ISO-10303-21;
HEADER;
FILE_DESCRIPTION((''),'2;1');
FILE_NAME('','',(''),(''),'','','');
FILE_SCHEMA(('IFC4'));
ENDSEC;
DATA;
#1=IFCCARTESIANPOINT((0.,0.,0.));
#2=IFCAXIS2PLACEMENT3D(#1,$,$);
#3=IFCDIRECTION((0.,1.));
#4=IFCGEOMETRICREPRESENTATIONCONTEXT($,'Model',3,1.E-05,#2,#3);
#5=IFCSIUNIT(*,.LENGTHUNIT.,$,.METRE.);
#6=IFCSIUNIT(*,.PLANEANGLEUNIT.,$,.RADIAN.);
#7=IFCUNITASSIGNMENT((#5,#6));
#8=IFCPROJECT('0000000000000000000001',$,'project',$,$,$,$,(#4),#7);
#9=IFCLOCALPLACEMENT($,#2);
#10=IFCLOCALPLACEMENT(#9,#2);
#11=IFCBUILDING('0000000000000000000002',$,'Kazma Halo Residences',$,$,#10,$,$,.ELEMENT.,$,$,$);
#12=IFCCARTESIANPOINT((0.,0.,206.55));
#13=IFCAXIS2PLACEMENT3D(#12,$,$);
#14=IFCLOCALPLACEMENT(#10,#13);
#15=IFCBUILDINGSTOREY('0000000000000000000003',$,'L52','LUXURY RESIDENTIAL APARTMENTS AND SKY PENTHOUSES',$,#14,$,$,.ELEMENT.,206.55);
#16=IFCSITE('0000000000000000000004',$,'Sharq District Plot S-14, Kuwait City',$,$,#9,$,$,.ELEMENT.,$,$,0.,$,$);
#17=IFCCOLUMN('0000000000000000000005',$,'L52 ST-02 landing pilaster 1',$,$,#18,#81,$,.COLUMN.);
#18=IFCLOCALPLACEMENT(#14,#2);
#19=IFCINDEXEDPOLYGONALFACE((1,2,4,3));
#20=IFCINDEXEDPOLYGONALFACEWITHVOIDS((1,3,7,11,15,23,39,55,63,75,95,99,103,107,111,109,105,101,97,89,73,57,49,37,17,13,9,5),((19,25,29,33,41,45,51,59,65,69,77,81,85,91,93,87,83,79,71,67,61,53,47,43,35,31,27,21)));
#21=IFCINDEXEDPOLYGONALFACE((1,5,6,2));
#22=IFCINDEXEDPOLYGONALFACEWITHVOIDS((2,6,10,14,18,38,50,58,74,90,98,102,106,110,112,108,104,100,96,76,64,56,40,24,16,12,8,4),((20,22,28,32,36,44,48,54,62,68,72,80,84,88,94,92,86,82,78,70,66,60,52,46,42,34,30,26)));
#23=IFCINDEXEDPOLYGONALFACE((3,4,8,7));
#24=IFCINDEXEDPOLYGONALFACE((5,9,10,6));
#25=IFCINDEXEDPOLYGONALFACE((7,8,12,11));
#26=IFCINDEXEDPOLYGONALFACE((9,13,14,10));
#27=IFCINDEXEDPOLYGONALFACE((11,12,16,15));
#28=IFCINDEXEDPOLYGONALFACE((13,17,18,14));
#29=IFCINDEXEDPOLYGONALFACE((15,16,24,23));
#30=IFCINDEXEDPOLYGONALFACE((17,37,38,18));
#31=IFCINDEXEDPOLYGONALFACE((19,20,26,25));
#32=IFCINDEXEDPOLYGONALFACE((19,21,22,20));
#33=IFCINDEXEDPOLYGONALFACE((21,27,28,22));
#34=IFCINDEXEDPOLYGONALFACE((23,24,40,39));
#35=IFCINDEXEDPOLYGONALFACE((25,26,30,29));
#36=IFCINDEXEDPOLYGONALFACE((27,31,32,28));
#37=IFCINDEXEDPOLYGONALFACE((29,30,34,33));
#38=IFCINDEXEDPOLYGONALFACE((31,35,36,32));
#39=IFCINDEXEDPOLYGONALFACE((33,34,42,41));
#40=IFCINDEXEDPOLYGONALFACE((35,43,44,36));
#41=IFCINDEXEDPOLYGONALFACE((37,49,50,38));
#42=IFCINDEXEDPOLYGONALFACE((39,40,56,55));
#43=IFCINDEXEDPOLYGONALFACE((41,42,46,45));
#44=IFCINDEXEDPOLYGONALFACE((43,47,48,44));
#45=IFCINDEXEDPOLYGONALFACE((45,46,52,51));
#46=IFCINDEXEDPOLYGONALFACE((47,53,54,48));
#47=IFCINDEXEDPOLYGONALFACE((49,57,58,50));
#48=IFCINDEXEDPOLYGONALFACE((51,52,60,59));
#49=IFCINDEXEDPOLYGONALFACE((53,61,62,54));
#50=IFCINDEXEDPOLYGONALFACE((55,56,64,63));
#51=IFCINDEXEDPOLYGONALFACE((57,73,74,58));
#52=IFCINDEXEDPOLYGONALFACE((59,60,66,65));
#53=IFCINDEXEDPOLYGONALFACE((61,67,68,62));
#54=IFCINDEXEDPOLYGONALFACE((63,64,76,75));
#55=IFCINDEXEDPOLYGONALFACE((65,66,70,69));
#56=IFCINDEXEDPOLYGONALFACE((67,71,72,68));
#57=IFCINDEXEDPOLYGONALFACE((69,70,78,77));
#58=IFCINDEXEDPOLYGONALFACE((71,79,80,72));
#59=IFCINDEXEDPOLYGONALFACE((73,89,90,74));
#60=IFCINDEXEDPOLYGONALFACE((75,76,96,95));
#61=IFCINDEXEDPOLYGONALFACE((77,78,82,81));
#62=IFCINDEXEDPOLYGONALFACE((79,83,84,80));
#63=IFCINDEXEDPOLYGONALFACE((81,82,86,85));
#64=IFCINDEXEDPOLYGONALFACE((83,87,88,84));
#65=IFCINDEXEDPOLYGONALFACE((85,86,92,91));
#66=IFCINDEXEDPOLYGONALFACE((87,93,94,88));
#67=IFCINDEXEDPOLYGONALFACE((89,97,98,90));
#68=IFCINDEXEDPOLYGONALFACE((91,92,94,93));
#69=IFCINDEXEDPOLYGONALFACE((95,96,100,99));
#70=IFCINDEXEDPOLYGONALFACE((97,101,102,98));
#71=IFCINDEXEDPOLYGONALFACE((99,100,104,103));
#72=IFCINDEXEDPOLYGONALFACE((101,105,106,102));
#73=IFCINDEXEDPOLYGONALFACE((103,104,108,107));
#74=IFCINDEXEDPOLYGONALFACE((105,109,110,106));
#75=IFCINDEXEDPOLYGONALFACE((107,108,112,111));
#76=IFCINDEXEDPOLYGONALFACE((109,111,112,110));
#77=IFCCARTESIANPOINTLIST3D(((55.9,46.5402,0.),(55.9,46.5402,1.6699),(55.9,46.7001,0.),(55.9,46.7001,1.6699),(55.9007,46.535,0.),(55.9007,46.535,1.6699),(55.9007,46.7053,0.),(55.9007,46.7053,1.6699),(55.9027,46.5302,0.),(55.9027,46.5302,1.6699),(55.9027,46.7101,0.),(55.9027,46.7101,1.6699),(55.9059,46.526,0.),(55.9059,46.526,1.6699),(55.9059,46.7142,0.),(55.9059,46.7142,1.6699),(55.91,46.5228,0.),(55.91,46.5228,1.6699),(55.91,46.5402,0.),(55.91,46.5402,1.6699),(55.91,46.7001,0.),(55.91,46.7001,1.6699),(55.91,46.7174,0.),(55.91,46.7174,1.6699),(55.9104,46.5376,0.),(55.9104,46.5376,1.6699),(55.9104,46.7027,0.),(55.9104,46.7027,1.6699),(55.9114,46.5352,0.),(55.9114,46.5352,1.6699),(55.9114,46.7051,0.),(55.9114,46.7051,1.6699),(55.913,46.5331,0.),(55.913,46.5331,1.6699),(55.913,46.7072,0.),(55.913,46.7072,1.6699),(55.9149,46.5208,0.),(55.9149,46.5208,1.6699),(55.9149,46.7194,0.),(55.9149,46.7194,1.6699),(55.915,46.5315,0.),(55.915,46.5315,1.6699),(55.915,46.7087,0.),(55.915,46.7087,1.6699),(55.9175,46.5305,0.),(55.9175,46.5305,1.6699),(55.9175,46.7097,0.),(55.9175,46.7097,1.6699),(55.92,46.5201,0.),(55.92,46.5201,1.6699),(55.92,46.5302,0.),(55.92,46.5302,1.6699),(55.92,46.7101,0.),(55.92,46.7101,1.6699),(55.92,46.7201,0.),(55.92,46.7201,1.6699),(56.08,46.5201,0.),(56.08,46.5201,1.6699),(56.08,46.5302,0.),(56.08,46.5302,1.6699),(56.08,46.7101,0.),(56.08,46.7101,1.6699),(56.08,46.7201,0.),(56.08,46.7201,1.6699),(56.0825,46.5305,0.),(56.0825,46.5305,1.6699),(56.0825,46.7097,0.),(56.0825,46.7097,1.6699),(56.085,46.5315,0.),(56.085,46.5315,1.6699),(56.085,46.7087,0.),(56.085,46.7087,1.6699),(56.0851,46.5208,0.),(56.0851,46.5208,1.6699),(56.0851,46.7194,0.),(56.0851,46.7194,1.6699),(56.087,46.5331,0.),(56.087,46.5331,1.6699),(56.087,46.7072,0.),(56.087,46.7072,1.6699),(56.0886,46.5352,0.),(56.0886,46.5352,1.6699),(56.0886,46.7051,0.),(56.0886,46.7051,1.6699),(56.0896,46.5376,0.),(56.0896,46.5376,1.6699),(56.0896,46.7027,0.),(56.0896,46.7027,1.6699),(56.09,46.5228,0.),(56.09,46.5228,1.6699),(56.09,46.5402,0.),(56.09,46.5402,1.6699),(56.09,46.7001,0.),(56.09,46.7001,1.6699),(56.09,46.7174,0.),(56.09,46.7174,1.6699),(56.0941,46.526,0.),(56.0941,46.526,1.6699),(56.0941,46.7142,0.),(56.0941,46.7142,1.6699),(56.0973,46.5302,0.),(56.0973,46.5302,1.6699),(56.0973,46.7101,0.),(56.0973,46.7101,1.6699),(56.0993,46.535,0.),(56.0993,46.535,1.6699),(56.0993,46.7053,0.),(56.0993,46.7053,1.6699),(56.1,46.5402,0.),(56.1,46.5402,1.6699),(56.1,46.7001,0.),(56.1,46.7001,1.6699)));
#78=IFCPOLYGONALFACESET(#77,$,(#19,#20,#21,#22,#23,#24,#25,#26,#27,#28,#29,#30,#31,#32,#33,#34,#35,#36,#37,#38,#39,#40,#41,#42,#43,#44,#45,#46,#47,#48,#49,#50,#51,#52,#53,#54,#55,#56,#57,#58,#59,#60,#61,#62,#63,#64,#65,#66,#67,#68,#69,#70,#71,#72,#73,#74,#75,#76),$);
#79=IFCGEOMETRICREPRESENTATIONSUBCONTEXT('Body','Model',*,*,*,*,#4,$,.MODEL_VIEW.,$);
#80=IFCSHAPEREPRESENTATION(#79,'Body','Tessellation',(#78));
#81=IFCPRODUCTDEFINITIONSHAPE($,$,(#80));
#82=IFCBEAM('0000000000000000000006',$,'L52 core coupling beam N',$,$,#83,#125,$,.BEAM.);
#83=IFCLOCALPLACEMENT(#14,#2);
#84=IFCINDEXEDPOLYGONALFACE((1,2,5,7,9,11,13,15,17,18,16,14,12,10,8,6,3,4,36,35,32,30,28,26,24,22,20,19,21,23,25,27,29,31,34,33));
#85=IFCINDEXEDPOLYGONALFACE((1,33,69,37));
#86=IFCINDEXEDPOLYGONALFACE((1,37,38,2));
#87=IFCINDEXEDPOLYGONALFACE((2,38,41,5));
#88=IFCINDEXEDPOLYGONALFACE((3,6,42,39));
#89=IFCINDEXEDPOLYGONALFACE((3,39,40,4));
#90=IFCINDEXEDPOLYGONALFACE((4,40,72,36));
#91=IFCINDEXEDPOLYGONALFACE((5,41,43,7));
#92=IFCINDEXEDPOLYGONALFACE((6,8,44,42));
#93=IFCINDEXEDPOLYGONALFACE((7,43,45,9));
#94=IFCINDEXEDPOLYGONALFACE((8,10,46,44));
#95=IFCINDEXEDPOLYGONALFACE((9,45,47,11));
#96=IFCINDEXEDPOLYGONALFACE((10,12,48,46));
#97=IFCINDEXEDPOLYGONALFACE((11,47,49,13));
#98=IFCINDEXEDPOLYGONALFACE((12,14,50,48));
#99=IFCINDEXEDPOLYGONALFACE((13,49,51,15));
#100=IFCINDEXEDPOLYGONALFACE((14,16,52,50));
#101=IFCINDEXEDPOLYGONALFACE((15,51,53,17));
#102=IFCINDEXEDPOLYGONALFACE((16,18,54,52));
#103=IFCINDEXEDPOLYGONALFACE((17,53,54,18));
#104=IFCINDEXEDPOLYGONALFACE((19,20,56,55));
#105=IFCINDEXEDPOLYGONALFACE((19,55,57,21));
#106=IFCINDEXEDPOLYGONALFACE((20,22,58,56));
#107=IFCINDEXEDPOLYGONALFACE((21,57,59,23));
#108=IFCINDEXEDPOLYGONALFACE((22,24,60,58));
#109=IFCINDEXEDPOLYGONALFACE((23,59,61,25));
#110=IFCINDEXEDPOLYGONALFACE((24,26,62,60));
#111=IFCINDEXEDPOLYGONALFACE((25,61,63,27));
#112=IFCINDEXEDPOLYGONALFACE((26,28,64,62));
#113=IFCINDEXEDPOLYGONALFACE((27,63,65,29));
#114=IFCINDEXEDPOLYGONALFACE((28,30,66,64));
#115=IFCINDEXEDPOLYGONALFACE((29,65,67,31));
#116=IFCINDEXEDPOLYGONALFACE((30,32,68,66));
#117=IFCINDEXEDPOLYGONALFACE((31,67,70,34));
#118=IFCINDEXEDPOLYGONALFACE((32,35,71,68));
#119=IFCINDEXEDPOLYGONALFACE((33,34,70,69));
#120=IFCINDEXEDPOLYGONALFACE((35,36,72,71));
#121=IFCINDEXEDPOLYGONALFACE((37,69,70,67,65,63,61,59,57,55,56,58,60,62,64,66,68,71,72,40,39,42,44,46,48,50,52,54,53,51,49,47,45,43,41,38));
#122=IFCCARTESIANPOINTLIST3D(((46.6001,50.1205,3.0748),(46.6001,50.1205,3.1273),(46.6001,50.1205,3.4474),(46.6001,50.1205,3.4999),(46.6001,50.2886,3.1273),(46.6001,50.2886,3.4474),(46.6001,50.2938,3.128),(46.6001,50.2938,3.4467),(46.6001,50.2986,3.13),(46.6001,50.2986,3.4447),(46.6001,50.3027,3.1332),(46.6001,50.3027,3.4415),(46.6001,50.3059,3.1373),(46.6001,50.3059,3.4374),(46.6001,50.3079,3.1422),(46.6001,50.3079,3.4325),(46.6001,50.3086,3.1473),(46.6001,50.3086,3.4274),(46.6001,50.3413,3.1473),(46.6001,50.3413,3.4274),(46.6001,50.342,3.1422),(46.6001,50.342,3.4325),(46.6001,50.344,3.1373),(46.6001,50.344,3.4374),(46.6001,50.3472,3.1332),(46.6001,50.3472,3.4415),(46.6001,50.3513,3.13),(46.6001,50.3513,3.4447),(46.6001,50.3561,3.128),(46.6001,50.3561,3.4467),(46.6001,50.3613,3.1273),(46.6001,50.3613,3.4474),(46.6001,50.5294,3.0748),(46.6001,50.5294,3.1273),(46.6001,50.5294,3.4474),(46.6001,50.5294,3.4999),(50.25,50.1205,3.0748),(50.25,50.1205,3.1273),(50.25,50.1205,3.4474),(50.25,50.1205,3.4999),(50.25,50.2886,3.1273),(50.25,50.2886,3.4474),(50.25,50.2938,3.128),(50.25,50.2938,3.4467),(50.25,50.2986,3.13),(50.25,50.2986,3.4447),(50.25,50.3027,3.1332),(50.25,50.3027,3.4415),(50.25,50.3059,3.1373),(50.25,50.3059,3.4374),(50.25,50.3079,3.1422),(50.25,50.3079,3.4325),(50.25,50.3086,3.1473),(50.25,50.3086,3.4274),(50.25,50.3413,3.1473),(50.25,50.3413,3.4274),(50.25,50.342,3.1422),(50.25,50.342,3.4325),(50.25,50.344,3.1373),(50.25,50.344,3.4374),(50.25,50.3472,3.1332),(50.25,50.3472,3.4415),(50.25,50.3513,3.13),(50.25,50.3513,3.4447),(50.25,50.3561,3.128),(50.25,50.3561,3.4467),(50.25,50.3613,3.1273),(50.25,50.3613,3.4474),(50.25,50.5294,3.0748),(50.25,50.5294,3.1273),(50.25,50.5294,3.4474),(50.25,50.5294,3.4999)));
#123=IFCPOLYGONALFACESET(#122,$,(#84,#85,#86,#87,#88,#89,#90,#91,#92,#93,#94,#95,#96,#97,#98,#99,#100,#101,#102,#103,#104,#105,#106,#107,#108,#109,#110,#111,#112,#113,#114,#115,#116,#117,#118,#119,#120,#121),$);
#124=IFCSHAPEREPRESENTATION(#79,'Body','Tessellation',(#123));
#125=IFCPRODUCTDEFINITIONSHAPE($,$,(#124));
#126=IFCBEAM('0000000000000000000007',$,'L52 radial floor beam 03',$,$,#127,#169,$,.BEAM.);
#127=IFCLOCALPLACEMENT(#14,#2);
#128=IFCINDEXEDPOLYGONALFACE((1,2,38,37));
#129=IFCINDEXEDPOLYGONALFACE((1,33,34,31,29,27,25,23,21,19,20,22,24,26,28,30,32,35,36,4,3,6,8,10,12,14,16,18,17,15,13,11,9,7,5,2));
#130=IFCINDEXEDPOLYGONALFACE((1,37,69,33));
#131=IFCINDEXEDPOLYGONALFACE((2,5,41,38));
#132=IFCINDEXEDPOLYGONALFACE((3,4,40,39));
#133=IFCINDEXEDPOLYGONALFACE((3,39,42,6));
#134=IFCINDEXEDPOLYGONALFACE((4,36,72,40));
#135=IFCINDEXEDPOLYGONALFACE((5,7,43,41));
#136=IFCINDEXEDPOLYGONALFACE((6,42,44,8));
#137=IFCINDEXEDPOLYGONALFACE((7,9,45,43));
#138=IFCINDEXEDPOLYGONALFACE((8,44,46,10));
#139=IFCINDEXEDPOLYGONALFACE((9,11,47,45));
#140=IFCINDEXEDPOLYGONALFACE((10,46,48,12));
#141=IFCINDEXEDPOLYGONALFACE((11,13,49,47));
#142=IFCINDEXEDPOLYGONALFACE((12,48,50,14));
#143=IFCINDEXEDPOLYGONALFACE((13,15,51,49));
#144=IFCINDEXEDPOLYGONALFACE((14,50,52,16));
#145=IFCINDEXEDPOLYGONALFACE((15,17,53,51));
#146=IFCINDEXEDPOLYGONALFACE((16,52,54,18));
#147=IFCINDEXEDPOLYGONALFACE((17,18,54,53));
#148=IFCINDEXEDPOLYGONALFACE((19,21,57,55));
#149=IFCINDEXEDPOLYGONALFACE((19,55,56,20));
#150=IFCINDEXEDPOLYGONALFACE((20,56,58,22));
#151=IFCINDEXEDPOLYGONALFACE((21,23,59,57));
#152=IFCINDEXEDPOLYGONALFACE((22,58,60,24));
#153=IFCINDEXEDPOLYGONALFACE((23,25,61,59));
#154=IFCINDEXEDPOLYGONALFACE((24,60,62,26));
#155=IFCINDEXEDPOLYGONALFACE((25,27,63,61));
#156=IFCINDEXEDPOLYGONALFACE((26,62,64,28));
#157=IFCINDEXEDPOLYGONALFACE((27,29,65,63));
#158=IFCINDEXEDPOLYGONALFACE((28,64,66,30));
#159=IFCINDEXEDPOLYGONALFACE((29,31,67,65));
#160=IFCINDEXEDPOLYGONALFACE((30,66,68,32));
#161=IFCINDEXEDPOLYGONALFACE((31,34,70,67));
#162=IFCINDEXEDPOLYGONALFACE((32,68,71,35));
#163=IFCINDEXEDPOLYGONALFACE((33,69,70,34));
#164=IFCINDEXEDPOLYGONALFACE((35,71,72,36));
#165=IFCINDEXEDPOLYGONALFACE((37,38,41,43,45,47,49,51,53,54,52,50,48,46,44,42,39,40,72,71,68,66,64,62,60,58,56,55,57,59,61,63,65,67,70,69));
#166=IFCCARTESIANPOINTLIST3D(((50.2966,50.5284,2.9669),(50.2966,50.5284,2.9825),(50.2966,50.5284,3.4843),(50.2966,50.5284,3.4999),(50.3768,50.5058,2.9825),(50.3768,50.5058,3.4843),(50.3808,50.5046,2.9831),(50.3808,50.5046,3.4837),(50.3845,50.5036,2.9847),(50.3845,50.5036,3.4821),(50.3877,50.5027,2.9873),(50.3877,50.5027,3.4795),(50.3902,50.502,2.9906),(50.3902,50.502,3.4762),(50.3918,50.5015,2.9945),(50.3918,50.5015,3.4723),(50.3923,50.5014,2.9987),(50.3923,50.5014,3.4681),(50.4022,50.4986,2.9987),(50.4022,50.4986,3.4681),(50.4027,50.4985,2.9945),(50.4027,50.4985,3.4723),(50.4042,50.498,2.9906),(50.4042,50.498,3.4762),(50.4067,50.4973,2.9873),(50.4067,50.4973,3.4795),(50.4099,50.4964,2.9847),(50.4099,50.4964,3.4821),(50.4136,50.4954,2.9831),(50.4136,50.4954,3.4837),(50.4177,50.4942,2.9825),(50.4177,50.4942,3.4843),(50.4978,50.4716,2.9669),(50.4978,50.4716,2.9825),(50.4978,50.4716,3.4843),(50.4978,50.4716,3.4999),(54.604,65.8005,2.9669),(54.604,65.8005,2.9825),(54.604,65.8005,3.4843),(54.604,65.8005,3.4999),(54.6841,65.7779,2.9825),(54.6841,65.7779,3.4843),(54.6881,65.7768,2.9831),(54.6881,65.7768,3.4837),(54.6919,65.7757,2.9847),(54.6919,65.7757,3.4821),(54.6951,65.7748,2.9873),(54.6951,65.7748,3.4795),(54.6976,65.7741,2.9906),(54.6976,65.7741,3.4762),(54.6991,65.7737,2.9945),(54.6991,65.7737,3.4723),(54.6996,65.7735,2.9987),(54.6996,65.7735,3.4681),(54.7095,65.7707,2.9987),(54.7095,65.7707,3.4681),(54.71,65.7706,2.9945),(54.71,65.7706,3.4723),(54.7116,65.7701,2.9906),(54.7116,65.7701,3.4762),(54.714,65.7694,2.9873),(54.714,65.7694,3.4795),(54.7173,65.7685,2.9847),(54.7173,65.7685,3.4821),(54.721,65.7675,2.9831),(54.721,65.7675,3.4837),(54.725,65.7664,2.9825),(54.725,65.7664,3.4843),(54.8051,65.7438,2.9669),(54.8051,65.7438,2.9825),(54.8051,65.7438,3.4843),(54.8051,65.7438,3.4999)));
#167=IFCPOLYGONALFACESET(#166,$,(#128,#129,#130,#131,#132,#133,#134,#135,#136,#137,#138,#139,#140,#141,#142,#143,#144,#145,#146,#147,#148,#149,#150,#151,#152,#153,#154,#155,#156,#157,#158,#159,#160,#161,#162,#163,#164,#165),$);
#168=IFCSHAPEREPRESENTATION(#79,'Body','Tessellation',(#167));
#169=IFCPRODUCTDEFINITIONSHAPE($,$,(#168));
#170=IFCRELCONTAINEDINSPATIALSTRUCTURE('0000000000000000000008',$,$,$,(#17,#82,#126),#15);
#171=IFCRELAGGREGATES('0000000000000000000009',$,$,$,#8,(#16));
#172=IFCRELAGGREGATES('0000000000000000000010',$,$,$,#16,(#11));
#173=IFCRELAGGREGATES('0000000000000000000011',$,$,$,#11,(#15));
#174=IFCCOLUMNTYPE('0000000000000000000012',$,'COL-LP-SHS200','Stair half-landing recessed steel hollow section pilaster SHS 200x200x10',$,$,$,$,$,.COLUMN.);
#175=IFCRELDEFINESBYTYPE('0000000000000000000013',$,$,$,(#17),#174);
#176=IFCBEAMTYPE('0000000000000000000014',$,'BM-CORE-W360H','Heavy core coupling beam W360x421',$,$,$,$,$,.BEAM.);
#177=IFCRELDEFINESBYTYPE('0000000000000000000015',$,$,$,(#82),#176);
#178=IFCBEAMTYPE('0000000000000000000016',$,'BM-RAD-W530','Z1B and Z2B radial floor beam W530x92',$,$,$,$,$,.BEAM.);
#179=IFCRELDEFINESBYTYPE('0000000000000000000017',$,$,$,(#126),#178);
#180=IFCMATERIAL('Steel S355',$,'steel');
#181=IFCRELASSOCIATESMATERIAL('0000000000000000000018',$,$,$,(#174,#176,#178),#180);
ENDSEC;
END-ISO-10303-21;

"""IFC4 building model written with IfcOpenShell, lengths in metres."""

from ifc_helpers import new_model, si_unit, direction, frame, origin, origin_2d, place, context, subcontext, project, spatial, hollow_rectangle, i_section, extrude, material, material_profile, profile_set, type_object, element, save


model = new_model("IFC4")

# Units and contexts
model_context = context("Model", 3, precision=1e-05, world=origin(), true_north=direction((0.0, 1.0)))
body_context = subcontext(model_context, "Body", "Model", "MODEL_VIEW")
ifc_project = project(units=[si_unit("LENGTHUNIT", "METRE"), si_unit("PLANEANGLEUNIT", "RADIAN")], contexts=[model_context])

# Site, building, storey
site_placement = place(None, origin())
site = spatial("IfcSite", under=ifc_project, at=site_placement, Name="Sharq District Plot S-14, Kuwait City", CompositionType="ELEMENT", RefElevation=0.0)
building_placement = place(site_placement, origin())
building = spatial("IfcBuilding", under=site, at=building_placement, Name="Kazma Halo Residences", CompositionType="ELEMENT")
storey_placement = place(building_placement, frame((0.0, 0.0, 206.55)))
storey = spatial("IfcBuildingStorey", under=building, at=storey_placement, Name="L52", Description="LUXURY RESIDENTIAL APARTMENTS AND SKY PENTHOUSES", CompositionType="ELEMENT", Elevation=206.55)

# Column
ifc_material_1 = material(Name="Steel S355", Category="steel")
ifc_material_profile_1 = material_profile(ifc_material_1, hollow_rectangle(XDim=0.2, YDim=0.2, WallThickness=0.01, InnerFilletRadius=0.01, OuterFilletRadius=0.02, at=origin_2d()), Name="SHS200x200x10")
ifc_profile_set_1 = profile_set([ifc_material_profile_1], Name="Steel S355")
column_type = type_object("IfcColumnType", Name="COL-LP-SHS200", Description="Stair half-landing recessed steel hollow section pilaster SHS 200x200x10", PredefinedType="COLUMN", material=ifc_profile_set_1)
column_placement = place(storey_placement, frame((56.0, 46.6201, 0.0), z_axis=(0.0, 0.0, 1.0), x_axis=(1.0, 0.0, 0.0)))
element("IfcColumn", 1, at=column_placement, inside=storey, type_object=column_type, Name="L52 ST-02 landing pilaster 1", PredefinedType="COLUMN", context=body_context, shape_type="SweptSolid", body=[
    extrude(hollow_rectangle(XDim=0.2, YDim=0.2, WallThickness=0.01, InnerFilletRadius=0.01, OuterFilletRadius=0.02, at=origin_2d()), origin(), (0.0, 0.0, 1.0), 1.6699),
])

# Beams
ifc_material_profile_2 = material_profile(ifc_material_1, i_section(OverallWidth=0.4089, OverallDepth=0.425, WebThickness=0.0327, FlangeThickness=0.0525, FilletRadius=0.02, at=origin_2d()), Name="W360x421")
ifc_profile_set_2 = profile_set([ifc_material_profile_2], Name="Steel S355")
beam_type_1 = type_object("IfcBeamType", Name="BM-CORE-W360H", Description="Heavy core coupling beam W360x421", PredefinedType="BEAM", material=ifc_profile_set_2)
beam_1_placement = place(storey_placement, frame((46.6001, 50.325, 3.2874), z_axis=(1.0, 0.0, 0.0), x_axis=(0.0, 1.0, 0.0)))
element("IfcBeam", 2, at=beam_1_placement, inside=storey, type_object=beam_type_1, Name="L52 core coupling beam N", PredefinedType="BEAM", context=body_context, shape_type="SweptSolid", body=[
    extrude(i_section(OverallWidth=0.4089, OverallDepth=0.425, WebThickness=0.0327, FlangeThickness=0.0525, FilletRadius=0.02, at=origin_2d()), origin(), (0.0, 0.0, 1.0), 3.6499),
])
ifc_material_profile_3 = material_profile(ifc_material_1, i_section(OverallWidth=0.209, OverallDepth=0.533, WebThickness=0.0103, FlangeThickness=0.0156, FilletRadius=0.0161, at=origin_2d()), Name="W530x92")
ifc_profile_set_3 = profile_set([ifc_material_profile_3], Name="Steel S355")
beam_type_2 = type_object("IfcBeamType", Name="BM-RAD-W530", Description="Z1B and Z2B radial floor beam W530x92", PredefinedType="BEAM", material=ifc_profile_set_3)
beam_2_placement = place(storey_placement, frame((50.3972, 50.5, 3.2334), z_axis=(0.27145, 0.962453, 0.0), x_axis=(-0.962453, 0.27145, 0.0)))
element("IfcBeam", 3, at=beam_2_placement, inside=storey, type_object=beam_type_2, Name="L52 radial floor beam 03", PredefinedType="BEAM", context=body_context, shape_type="SweptSolid", body=[
    extrude(i_section(OverallWidth=0.209, OverallDepth=0.533, WebThickness=0.0103, FlangeThickness=0.0156, FilletRadius=0.0161, at=origin_2d()), origin(), (0.0, 0.0, 1.0), 15.8679),
])

save(model, "model.ifc")
